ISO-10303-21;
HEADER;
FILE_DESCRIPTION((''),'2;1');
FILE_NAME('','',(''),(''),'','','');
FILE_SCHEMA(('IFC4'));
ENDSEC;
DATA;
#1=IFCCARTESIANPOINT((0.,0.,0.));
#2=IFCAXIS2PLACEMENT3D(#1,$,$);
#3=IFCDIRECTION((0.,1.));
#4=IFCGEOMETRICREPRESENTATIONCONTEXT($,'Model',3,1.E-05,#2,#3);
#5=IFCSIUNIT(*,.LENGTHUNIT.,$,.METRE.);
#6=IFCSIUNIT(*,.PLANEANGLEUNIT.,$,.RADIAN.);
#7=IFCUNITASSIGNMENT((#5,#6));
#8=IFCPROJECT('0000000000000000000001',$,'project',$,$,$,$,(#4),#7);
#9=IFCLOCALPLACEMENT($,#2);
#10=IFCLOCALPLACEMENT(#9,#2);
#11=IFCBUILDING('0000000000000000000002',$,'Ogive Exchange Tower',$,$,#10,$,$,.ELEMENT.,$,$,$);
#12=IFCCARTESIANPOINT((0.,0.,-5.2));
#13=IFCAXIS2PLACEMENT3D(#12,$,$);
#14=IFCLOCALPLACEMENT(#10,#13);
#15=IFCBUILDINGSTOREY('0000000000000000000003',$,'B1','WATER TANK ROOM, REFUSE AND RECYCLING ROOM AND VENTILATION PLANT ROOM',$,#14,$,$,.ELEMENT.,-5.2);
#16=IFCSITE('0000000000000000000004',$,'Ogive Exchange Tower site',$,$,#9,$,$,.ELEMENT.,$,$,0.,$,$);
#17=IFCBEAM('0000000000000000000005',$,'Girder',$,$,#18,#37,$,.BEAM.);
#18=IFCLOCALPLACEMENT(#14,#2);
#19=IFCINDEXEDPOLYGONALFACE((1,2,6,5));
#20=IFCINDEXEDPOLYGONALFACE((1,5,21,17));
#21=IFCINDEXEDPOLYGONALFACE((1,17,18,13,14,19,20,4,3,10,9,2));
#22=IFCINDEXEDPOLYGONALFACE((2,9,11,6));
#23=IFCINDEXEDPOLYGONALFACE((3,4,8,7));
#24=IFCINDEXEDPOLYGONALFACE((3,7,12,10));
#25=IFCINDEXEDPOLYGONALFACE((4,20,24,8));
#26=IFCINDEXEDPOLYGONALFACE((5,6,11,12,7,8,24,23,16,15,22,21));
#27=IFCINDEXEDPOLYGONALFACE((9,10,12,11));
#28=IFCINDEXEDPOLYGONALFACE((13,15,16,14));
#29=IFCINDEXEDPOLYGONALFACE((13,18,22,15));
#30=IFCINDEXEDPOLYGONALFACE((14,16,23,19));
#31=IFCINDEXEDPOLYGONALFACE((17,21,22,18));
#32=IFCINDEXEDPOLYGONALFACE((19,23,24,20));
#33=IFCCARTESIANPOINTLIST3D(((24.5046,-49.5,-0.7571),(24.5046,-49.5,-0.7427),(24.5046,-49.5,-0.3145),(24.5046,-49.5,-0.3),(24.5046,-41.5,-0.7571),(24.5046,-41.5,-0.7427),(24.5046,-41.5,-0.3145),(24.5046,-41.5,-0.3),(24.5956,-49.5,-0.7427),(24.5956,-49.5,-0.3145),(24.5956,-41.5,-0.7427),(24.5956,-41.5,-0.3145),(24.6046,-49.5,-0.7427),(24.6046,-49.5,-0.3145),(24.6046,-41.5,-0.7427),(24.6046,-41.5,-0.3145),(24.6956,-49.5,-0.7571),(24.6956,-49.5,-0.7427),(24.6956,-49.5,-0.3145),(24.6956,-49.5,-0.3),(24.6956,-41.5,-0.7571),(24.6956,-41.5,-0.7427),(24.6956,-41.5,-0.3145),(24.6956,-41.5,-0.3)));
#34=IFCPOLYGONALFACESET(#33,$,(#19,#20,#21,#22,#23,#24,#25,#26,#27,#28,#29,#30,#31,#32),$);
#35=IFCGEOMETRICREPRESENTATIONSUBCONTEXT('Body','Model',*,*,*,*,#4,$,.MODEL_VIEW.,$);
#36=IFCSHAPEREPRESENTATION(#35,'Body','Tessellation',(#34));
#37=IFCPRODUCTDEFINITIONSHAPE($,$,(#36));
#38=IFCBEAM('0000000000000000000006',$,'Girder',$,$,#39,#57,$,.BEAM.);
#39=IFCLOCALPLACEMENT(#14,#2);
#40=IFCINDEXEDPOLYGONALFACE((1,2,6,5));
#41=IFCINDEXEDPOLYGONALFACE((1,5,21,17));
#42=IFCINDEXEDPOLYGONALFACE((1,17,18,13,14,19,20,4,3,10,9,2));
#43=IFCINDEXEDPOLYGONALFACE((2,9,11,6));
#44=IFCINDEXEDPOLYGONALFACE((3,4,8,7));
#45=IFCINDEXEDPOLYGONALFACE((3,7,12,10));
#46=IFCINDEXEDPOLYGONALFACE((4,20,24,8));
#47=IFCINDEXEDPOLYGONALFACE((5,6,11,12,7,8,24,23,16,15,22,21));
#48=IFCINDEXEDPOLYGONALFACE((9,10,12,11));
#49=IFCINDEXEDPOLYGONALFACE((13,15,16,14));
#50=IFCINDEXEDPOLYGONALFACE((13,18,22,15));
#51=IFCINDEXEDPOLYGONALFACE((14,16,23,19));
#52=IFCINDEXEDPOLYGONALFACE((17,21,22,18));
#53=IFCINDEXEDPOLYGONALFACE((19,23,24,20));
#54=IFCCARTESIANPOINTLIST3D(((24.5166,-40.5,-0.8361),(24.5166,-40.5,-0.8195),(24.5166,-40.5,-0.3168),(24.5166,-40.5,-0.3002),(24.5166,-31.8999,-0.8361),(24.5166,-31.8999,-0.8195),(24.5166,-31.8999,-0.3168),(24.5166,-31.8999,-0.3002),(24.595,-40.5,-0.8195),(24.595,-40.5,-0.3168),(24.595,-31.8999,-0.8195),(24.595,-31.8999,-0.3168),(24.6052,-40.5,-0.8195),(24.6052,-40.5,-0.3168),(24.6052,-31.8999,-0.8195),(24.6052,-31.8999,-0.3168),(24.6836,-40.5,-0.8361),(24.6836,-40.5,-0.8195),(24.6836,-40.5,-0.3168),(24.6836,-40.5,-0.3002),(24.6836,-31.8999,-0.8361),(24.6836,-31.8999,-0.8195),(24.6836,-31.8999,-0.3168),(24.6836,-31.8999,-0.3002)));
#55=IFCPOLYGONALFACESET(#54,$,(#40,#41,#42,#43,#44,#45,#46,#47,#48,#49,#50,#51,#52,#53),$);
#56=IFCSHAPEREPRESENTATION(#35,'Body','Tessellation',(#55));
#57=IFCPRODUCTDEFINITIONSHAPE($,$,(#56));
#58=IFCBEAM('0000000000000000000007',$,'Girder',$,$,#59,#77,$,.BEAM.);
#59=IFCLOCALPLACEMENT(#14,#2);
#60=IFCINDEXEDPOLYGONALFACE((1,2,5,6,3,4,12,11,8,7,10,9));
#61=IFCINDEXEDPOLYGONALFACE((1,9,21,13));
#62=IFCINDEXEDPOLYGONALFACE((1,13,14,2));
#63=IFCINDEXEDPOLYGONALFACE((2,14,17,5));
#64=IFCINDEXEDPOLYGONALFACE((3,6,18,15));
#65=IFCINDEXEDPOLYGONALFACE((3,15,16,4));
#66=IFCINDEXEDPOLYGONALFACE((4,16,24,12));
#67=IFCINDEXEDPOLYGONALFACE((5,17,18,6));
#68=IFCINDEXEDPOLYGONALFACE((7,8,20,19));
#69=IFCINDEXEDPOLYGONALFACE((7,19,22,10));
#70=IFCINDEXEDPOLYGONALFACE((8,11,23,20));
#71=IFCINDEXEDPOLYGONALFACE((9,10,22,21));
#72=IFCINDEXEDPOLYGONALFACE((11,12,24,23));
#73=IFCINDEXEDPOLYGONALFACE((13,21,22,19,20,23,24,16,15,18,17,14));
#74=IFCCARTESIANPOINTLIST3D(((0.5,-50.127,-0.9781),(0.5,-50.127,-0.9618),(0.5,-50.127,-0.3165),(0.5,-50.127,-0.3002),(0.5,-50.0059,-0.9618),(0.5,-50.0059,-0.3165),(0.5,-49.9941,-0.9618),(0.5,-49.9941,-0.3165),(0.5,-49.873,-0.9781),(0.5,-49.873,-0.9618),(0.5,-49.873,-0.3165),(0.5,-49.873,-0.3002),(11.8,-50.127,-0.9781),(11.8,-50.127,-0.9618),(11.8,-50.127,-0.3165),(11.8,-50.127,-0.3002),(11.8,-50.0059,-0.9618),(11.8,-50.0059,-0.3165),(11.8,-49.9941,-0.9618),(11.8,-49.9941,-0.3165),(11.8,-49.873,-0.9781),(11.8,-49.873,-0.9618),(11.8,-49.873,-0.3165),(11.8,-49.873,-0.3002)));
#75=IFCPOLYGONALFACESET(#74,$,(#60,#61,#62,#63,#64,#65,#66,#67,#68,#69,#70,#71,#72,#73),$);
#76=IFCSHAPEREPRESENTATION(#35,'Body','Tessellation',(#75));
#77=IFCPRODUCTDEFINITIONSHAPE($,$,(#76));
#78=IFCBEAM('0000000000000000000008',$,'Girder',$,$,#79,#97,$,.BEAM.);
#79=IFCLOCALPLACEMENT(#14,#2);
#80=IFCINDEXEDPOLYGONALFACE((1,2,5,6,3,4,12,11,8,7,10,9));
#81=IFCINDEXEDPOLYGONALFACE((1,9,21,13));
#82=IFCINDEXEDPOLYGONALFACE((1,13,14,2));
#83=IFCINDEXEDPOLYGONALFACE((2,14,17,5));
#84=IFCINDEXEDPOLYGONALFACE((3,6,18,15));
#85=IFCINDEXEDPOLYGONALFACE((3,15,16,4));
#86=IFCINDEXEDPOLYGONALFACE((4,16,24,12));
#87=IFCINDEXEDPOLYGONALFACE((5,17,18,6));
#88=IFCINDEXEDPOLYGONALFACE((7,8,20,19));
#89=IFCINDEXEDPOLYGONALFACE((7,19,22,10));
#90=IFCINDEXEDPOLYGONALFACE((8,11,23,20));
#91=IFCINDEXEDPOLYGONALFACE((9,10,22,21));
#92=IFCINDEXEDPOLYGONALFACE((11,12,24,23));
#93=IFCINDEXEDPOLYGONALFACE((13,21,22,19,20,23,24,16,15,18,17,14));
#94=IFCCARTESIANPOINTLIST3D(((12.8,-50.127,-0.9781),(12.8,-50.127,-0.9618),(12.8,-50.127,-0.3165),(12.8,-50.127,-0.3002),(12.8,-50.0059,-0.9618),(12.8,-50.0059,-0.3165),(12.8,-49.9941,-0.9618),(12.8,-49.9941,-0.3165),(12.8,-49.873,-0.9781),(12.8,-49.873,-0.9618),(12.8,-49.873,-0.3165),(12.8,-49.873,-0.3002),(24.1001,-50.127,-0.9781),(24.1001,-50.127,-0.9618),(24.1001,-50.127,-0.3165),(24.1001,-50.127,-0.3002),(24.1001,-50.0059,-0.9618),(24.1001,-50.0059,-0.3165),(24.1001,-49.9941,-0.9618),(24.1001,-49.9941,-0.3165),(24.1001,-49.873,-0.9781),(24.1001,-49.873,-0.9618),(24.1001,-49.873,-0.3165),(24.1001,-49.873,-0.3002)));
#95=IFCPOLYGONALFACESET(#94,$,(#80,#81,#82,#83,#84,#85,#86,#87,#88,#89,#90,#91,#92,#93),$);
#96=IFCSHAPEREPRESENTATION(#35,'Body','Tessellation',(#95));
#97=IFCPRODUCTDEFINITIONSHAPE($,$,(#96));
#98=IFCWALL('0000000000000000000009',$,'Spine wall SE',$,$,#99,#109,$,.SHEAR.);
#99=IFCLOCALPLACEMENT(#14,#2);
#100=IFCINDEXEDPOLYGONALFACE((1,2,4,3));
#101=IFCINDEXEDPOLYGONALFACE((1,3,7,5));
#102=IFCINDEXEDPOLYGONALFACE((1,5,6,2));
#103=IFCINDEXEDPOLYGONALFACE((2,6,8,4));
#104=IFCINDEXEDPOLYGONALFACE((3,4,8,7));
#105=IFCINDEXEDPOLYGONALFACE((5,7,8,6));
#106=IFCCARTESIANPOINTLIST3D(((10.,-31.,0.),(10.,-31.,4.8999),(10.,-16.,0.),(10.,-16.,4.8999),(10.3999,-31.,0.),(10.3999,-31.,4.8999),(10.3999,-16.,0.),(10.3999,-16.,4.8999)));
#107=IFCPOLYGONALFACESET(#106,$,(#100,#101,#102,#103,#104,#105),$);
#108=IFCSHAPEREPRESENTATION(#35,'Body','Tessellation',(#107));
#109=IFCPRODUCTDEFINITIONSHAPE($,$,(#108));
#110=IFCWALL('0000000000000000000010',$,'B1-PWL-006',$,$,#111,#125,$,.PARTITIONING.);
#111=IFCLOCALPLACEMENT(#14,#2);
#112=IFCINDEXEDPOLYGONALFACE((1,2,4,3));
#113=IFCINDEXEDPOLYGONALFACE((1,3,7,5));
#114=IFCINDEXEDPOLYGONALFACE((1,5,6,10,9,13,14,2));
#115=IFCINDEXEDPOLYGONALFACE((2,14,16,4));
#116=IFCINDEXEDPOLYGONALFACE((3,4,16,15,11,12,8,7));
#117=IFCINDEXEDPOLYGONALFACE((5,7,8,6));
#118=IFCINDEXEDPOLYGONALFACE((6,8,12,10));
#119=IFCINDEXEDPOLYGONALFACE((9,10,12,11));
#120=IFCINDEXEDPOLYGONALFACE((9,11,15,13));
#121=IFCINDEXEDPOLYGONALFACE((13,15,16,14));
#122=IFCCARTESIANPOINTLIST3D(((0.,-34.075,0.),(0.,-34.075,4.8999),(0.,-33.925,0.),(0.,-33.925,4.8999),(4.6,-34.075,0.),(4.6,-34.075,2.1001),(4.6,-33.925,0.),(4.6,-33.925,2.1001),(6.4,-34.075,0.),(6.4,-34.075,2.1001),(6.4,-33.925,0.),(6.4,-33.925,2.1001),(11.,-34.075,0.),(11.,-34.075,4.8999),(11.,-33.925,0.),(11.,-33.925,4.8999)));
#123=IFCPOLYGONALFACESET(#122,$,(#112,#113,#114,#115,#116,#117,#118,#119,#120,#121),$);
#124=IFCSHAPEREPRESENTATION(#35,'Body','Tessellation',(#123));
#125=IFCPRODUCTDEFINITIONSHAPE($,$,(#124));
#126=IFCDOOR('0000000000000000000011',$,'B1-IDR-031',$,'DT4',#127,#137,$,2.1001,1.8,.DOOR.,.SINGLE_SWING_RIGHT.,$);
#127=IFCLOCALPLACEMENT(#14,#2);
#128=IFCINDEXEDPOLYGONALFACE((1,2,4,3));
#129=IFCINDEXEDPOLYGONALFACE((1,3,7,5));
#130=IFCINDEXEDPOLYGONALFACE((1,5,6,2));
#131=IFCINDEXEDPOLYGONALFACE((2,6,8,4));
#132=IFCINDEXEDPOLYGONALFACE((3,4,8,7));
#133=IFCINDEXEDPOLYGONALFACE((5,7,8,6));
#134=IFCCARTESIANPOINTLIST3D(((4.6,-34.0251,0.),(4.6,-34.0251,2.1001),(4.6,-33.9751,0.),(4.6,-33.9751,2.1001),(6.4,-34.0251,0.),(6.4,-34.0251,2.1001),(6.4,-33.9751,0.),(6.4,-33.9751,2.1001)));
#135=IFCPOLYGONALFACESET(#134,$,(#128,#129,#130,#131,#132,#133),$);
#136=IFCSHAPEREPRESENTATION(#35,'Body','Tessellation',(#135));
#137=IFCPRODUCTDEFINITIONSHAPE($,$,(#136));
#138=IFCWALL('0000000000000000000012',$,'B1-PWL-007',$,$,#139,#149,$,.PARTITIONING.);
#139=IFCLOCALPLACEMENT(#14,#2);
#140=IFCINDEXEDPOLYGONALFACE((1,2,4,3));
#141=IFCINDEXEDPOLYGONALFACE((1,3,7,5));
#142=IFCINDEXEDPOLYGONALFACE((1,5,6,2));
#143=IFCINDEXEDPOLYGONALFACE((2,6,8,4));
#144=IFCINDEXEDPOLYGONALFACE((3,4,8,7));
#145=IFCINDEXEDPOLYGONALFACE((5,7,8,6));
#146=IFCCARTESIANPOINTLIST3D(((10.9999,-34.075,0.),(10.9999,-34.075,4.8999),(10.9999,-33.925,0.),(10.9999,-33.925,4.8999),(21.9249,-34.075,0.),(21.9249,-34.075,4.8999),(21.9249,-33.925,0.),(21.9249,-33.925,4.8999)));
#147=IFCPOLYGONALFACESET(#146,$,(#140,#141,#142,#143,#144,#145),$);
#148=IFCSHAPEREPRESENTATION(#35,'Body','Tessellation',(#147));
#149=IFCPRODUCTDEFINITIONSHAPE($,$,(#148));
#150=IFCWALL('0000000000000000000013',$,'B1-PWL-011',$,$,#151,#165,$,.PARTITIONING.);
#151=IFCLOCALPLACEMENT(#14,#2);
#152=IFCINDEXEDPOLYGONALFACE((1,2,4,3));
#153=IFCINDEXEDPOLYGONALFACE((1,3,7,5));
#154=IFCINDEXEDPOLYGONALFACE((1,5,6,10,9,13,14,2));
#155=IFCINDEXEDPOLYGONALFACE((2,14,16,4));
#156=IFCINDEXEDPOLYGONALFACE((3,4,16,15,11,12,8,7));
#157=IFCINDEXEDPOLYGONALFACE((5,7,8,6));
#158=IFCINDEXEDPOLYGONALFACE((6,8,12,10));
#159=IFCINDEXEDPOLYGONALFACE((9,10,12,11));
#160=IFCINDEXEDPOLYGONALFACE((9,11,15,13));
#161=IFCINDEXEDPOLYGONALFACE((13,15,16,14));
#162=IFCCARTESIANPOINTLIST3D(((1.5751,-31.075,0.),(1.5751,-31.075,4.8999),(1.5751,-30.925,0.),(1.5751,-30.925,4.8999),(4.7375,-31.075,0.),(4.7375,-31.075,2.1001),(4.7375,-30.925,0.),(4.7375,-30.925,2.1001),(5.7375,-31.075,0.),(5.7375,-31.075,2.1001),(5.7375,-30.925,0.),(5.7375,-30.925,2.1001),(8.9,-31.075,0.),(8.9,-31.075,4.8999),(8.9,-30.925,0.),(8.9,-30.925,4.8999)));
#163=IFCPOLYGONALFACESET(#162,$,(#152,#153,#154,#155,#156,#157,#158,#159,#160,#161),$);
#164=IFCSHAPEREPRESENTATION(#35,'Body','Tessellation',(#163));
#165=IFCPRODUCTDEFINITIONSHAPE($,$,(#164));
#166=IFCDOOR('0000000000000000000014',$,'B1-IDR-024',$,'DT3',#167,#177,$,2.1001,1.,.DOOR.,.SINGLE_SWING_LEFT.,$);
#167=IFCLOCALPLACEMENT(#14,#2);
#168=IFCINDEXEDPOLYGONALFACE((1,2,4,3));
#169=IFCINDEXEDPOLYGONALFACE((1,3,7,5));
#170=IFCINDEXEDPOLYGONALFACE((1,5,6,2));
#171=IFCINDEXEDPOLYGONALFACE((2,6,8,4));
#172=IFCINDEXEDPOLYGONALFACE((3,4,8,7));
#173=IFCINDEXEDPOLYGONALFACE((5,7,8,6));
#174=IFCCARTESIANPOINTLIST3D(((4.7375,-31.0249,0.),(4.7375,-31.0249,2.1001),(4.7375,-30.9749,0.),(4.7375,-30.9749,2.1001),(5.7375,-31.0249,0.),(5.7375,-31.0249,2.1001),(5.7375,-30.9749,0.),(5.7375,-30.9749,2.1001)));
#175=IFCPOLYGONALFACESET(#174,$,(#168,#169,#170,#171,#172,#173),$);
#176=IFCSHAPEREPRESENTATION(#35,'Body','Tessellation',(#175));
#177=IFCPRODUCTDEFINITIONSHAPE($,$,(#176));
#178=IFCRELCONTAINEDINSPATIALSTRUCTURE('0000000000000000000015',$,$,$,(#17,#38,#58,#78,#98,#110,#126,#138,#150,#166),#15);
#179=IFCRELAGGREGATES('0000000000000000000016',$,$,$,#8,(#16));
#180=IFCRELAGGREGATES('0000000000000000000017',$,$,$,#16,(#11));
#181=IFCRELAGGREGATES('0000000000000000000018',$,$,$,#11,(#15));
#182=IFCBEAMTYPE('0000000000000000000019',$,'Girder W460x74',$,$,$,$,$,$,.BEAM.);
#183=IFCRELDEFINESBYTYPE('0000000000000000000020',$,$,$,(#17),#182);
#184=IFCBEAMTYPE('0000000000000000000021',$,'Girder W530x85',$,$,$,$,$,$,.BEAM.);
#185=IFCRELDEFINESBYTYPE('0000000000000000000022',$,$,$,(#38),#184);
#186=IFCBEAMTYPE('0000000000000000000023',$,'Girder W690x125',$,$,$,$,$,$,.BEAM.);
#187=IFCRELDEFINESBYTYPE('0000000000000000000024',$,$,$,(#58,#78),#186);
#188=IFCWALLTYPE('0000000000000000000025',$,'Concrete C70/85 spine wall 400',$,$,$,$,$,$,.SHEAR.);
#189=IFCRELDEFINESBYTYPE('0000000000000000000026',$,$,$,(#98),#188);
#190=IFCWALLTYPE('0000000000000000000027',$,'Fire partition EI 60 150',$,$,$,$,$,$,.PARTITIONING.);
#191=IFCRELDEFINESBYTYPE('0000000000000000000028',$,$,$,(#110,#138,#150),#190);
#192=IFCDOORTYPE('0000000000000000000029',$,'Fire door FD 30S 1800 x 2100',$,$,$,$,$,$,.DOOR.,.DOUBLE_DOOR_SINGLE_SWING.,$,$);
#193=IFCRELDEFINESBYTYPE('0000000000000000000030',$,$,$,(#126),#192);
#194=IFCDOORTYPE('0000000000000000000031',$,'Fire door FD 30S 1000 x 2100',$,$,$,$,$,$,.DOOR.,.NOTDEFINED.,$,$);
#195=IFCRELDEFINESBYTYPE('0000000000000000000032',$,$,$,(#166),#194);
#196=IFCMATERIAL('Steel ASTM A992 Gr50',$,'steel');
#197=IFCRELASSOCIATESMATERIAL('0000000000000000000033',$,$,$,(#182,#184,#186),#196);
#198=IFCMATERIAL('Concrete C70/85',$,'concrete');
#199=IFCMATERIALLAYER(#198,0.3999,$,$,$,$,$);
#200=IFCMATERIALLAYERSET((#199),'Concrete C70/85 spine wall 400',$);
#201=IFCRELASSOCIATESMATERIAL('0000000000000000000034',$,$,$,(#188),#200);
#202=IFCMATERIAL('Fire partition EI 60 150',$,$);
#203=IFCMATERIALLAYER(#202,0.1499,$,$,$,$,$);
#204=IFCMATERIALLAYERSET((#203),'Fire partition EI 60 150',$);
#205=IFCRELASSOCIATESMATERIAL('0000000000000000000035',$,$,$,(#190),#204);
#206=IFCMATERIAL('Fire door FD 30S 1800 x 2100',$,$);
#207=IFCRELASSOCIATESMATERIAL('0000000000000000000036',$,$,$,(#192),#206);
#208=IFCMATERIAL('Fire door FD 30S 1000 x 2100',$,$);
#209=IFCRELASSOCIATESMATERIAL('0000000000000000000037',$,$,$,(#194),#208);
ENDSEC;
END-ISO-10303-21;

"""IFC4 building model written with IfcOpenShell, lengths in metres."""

from ifc_helpers import new_model, si_unit, direction, frame, frame_2d, origin, origin_2d, place, context, subcontext, project, spatial, rectangle, i_section, extrude, material, layer, layer_set, material_profile, profile_set, type_object, element, fill, save


model = new_model("IFC4")

# Units and contexts
model_context = context("Model", 3, precision=1e-05, world=origin(), true_north=direction((0.0, 1.0)))
body_context = subcontext(model_context, "Body", "Model", "MODEL_VIEW")
ifc_project = project(units=[si_unit("LENGTHUNIT", "METRE"), si_unit("PLANEANGLEUNIT", "RADIAN")], contexts=[model_context])

# Site, building, storey
site_placement = place(None, origin())
site = spatial("IfcSite", under=ifc_project, at=site_placement, Name="Ogive Exchange Tower site", CompositionType="ELEMENT", RefElevation=0.0)
building_placement = place(site_placement, origin())
building = spatial("IfcBuilding", under=site, at=building_placement, Name="Ogive Exchange Tower", CompositionType="ELEMENT")
storey_placement = place(building_placement, frame((0.0, 0.0, -5.2)))
storey = spatial("IfcBuildingStorey", under=building, at=storey_placement, Name="B1", Description="WATER TANK ROOM, REFUSE AND RECYCLING ROOM AND VENTILATION PLANT ROOM", CompositionType="ELEMENT", Elevation=-5.2)

# Shared definitions
ifc_material_1 = material(Name="Concrete C70/85", Category="concrete")

# Beams
ifc_material_2 = material(Name="Steel ASTM A992 Gr50", Category="steel")
ifc_material_profile_1 = material_profile(ifc_material_2, i_section(OverallWidth=0.1909, OverallDepth=0.457, WebThickness=0.009, FlangeThickness=0.0144, at=origin_2d()), Name="W460x74")
ifc_profile_set_1 = profile_set([ifc_material_profile_1], Name="Steel ASTM A992 Gr50")
beam_type_1 = type_object("IfcBeamType", Name="Girder W460x74", PredefinedType="BEAM", material=ifc_profile_set_1)
beam_1_placement = place(storey_placement, frame((24.6001, -49.5, -0.5286), z_axis=(0.0, 1.0, 0.0), x_axis=(-1.0, 0.0, 0.0)))
element("IfcBeam", 1, at=beam_1_placement, inside=storey, type_object=beam_type_1, Name="Girder", PredefinedType="BEAM", context=body_context, shape_type="SweptSolid", body=[
    extrude(i_section(OverallWidth=0.1909, OverallDepth=0.457, WebThickness=0.009, FlangeThickness=0.0144, at=origin_2d()), origin(), (0.0, 0.0, 1.0), 8.0),
])
ifc_material_profile_2 = material_profile(ifc_material_2, i_section(OverallWidth=0.167, OverallDepth=0.5359, WebThickness=0.0103, FlangeThickness=0.0166, at=origin_2d()), Name="W530x85")
ifc_profile_set_2 = profile_set([ifc_material_profile_2], Name="Steel ASTM A992 Gr50")
beam_type_2 = type_object("IfcBeamType", Name="Girder W530x85", PredefinedType="BEAM", material=ifc_profile_set_2)
beam_2_placement = place(storey_placement, frame((24.6001, -40.5, -0.5681), z_axis=(0.0, 1.0, 0.0), x_axis=(-1.0, 0.0, 0.0)))
element("IfcBeam", 2, at=beam_2_placement, inside=storey, type_object=beam_type_2, Name="Girder", PredefinedType="BEAM", context=body_context, shape_type="SweptSolid", body=[
    extrude(i_section(OverallWidth=0.167, OverallDepth=0.5359, WebThickness=0.0103, FlangeThickness=0.0166, at=origin_2d()), origin(), (0.0, 0.0, 1.0), 8.6001),
])
ifc_material_profile_3 = material_profile(ifc_material_2, i_section(OverallWidth=0.2539, OverallDepth=0.678, WebThickness=0.0117, FlangeThickness=0.0164, at=origin_2d()), Name="W690x125")
ifc_profile_set_3 = profile_set([ifc_material_profile_3], Name="Steel ASTM A992 Gr50")
beam_type_3 = type_object("IfcBeamType", Name="Girder W690x125", PredefinedType="BEAM", material=ifc_profile_set_3)
for number, where, z_axis, x_axis, name in (
    (3, (0.5, -50.0, -0.6392), (1.0, 0.0, 0.0), (0.0, 1.0, 0.0), "Girder"),
    (4, (12.8, -50.0, -0.6392), (1.0, 0.0, 0.0), (0.0, 1.0, 0.0), "Girder"),
):
    element("IfcBeam", number, at=place(storey_placement, frame(where, z_axis=z_axis, x_axis=x_axis)), inside=storey, type_object=beam_type_3, Name=name, PredefinedType="BEAM", context=body_context, shape_type="SweptSolid", body=[
        extrude(i_section(OverallWidth=0.2539, OverallDepth=0.678, WebThickness=0.0117, FlangeThickness=0.0164, at=origin_2d()), origin(), (0.0, 0.0, 1.0), 11.3),
    ])

# Wall
ifc_layer_1 = layer(ifc_material_1, 0.3999)
ifc_layer_set_1 = layer_set([ifc_layer_1], Name="Concrete C70/85 spine wall 400")
wall_type_1 = type_object("IfcWallType", Name="Concrete C70/85 spine wall 400", PredefinedType="SHEAR", material=ifc_layer_set_1)
wall_1_placement = place(storey_placement, frame((10.2, -31.0, 0.0), z_axis=(0.0, 0.0, 1.0), x_axis=(0.0, 1.0, 0.0)))
element("IfcWall", 5, at=wall_1_placement, inside=storey, type_object=wall_type_1, Name="Spine wall SE", PredefinedType="SHEAR", context=body_context, shape_type="SweptSolid", body=[
    extrude(rectangle(XDim=15.0, YDim=0.3999, at=frame_2d((7.5, 0.0))), origin(), (0.0, 0.0, 1.0), 4.8999),
])

# Wall, opening, door
ifc_material_3 = material(Name="Fire partition EI 60 150")
ifc_layer_2 = layer(ifc_material_3, 0.1499)
ifc_layer_set_2 = layer_set([ifc_layer_2], Name="Fire partition EI 60 150")
wall_type_2 = type_object("IfcWallType", Name="Fire partition EI 60 150", PredefinedType="PARTITIONING", material=ifc_layer_set_2)
wall_2_placement = place(storey_placement, frame((0.0, -34.0, 0.0), z_axis=(0.0, 0.0, 1.0), x_axis=(1.0, 0.0, 0.0)))
wall_2 = element("IfcWall", 6, at=wall_2_placement, inside=storey, type_object=wall_type_2, Name="B1-PWL-006", PredefinedType="PARTITIONING", context=body_context, shape_type="SweptSolid", body=[
    extrude(rectangle(XDim=11.0, YDim=0.1499, at=frame_2d((5.5, 0.0))), origin(), (0.0, 0.0, 1.0), 4.8999),
])
opening_1_placement = place(wall_2_placement, frame((4.6001, 0.0, 0.0)))
opening_1 = element("IfcOpeningElement", 7, at=opening_1_placement, cuts=wall_2, PredefinedType="OPENING", context=body_context, shape_type="SweptSolid", body=[
    extrude(rectangle(XDim=1.8, YDim=2.1001, at=frame_2d((0.8999, 1.05))), frame((0.0, 0.085, 0.0), z_axis=(0.0, -1.0, 0.0), x_axis=(1.0, 0.0, 0.0)), (0.0, 0.0, 1.0), 0.1699),
])
ifc_material_4 = material(Name="Fire door FD 30S 1800 x 2100")
door_type_1 = type_object("IfcDoorType", Name="Fire door FD 30S 1800 x 2100", OperationType="DOUBLE_DOOR_SINGLE_SWING", PredefinedType="DOOR", material=ifc_material_4)
door_1_placement = place(opening_1_placement, origin())
door_1 = element("IfcDoor", 8, at=door_1_placement, inside=storey, type_object=door_type_1, Name="B1-IDR-031", ObjectType="DT4", OperationType="SINGLE_SWING_RIGHT", OverallHeight=2.1001, OverallWidth=1.8, PredefinedType="DOOR", context=body_context, shape_type="SweptSolid", body=[
    extrude(rectangle(XDim=1.8, YDim=2.1001, at=frame_2d((0.8999, 1.05))), frame((0.0, 0.0249, 0.0), z_axis=(0.0, -1.0, 0.0), x_axis=(1.0, 0.0, 0.0)), (0.0, 0.0, 1.0), 0.05),
])
fill(opening_1, door_1)

# Wall
wall_3_placement = place(storey_placement, frame((11.0, -34.0, 0.0), z_axis=(0.0, 0.0, 1.0), x_axis=(1.0, 0.0, 0.0)))
element("IfcWall", 9, at=wall_3_placement, inside=storey, type_object=wall_type_2, Name="B1-PWL-007", PredefinedType="PARTITIONING", context=body_context, shape_type="SweptSolid", body=[
    extrude(rectangle(XDim=10.925, YDim=0.1499, at=frame_2d((5.4624, 0.0))), origin(), (0.0, 0.0, 1.0), 4.8999),
])

# Wall, opening, door
wall_4_placement = place(storey_placement, frame((1.575, -31.0, 0.0), z_axis=(0.0, 0.0, 1.0), x_axis=(1.0, 0.0, 0.0)))
wall_4 = element("IfcWall", 10, at=wall_4_placement, inside=storey, type_object=wall_type_2, Name="B1-PWL-011", PredefinedType="PARTITIONING", context=body_context, shape_type="SweptSolid", body=[
    extrude(rectangle(XDim=7.325, YDim=0.1499, at=frame_2d((3.6626, 0.0))), origin(), (0.0, 0.0, 1.0), 4.8999),
])
opening_2_placement = place(wall_4_placement, frame((3.1626, 0.0, 0.0)))
opening_2 = element("IfcOpeningElement", 11, at=opening_2_placement, cuts=wall_4, PredefinedType="OPENING", context=body_context, shape_type="SweptSolid", body=[
    extrude(rectangle(XDim=1.0, YDim=2.1001, at=frame_2d((0.5, 1.05))), frame((0.0, 0.085, 0.0), z_axis=(0.0, -1.0, 0.0), x_axis=(1.0, 0.0, 0.0)), (0.0, 0.0, 1.0), 0.1699),
])
ifc_material_5 = material(Name="Fire door FD 30S 1000 x 2100")
door_type_2 = type_object("IfcDoorType", Name="Fire door FD 30S 1000 x 2100", OperationType="NOTDEFINED", PredefinedType="DOOR", material=ifc_material_5)
door_2_placement = place(opening_2_placement, frame((1.0, 0.0, 0.0), z_axis=(0.0, 0.0, 1.0), x_axis=(-1.0, 0.0, 0.0)))
door_2 = element("IfcDoor", 12, at=door_2_placement, inside=storey, type_object=door_type_2, Name="B1-IDR-024", ObjectType="DT3", OperationType="SINGLE_SWING_LEFT", OverallHeight=2.1001, OverallWidth=1.0, PredefinedType="DOOR", context=body_context, shape_type="SweptSolid", body=[
    extrude(rectangle(XDim=1.0, YDim=2.1001, at=frame_2d((0.5, 1.05))), frame((0.0, 0.0249, 0.0), z_axis=(0.0, -1.0, 0.0), x_axis=(1.0, 0.0, 0.0)), (0.0, 0.0, 1.0), 0.05),
])
fill(opening_2, door_2)

save(model, "model.ifc")
